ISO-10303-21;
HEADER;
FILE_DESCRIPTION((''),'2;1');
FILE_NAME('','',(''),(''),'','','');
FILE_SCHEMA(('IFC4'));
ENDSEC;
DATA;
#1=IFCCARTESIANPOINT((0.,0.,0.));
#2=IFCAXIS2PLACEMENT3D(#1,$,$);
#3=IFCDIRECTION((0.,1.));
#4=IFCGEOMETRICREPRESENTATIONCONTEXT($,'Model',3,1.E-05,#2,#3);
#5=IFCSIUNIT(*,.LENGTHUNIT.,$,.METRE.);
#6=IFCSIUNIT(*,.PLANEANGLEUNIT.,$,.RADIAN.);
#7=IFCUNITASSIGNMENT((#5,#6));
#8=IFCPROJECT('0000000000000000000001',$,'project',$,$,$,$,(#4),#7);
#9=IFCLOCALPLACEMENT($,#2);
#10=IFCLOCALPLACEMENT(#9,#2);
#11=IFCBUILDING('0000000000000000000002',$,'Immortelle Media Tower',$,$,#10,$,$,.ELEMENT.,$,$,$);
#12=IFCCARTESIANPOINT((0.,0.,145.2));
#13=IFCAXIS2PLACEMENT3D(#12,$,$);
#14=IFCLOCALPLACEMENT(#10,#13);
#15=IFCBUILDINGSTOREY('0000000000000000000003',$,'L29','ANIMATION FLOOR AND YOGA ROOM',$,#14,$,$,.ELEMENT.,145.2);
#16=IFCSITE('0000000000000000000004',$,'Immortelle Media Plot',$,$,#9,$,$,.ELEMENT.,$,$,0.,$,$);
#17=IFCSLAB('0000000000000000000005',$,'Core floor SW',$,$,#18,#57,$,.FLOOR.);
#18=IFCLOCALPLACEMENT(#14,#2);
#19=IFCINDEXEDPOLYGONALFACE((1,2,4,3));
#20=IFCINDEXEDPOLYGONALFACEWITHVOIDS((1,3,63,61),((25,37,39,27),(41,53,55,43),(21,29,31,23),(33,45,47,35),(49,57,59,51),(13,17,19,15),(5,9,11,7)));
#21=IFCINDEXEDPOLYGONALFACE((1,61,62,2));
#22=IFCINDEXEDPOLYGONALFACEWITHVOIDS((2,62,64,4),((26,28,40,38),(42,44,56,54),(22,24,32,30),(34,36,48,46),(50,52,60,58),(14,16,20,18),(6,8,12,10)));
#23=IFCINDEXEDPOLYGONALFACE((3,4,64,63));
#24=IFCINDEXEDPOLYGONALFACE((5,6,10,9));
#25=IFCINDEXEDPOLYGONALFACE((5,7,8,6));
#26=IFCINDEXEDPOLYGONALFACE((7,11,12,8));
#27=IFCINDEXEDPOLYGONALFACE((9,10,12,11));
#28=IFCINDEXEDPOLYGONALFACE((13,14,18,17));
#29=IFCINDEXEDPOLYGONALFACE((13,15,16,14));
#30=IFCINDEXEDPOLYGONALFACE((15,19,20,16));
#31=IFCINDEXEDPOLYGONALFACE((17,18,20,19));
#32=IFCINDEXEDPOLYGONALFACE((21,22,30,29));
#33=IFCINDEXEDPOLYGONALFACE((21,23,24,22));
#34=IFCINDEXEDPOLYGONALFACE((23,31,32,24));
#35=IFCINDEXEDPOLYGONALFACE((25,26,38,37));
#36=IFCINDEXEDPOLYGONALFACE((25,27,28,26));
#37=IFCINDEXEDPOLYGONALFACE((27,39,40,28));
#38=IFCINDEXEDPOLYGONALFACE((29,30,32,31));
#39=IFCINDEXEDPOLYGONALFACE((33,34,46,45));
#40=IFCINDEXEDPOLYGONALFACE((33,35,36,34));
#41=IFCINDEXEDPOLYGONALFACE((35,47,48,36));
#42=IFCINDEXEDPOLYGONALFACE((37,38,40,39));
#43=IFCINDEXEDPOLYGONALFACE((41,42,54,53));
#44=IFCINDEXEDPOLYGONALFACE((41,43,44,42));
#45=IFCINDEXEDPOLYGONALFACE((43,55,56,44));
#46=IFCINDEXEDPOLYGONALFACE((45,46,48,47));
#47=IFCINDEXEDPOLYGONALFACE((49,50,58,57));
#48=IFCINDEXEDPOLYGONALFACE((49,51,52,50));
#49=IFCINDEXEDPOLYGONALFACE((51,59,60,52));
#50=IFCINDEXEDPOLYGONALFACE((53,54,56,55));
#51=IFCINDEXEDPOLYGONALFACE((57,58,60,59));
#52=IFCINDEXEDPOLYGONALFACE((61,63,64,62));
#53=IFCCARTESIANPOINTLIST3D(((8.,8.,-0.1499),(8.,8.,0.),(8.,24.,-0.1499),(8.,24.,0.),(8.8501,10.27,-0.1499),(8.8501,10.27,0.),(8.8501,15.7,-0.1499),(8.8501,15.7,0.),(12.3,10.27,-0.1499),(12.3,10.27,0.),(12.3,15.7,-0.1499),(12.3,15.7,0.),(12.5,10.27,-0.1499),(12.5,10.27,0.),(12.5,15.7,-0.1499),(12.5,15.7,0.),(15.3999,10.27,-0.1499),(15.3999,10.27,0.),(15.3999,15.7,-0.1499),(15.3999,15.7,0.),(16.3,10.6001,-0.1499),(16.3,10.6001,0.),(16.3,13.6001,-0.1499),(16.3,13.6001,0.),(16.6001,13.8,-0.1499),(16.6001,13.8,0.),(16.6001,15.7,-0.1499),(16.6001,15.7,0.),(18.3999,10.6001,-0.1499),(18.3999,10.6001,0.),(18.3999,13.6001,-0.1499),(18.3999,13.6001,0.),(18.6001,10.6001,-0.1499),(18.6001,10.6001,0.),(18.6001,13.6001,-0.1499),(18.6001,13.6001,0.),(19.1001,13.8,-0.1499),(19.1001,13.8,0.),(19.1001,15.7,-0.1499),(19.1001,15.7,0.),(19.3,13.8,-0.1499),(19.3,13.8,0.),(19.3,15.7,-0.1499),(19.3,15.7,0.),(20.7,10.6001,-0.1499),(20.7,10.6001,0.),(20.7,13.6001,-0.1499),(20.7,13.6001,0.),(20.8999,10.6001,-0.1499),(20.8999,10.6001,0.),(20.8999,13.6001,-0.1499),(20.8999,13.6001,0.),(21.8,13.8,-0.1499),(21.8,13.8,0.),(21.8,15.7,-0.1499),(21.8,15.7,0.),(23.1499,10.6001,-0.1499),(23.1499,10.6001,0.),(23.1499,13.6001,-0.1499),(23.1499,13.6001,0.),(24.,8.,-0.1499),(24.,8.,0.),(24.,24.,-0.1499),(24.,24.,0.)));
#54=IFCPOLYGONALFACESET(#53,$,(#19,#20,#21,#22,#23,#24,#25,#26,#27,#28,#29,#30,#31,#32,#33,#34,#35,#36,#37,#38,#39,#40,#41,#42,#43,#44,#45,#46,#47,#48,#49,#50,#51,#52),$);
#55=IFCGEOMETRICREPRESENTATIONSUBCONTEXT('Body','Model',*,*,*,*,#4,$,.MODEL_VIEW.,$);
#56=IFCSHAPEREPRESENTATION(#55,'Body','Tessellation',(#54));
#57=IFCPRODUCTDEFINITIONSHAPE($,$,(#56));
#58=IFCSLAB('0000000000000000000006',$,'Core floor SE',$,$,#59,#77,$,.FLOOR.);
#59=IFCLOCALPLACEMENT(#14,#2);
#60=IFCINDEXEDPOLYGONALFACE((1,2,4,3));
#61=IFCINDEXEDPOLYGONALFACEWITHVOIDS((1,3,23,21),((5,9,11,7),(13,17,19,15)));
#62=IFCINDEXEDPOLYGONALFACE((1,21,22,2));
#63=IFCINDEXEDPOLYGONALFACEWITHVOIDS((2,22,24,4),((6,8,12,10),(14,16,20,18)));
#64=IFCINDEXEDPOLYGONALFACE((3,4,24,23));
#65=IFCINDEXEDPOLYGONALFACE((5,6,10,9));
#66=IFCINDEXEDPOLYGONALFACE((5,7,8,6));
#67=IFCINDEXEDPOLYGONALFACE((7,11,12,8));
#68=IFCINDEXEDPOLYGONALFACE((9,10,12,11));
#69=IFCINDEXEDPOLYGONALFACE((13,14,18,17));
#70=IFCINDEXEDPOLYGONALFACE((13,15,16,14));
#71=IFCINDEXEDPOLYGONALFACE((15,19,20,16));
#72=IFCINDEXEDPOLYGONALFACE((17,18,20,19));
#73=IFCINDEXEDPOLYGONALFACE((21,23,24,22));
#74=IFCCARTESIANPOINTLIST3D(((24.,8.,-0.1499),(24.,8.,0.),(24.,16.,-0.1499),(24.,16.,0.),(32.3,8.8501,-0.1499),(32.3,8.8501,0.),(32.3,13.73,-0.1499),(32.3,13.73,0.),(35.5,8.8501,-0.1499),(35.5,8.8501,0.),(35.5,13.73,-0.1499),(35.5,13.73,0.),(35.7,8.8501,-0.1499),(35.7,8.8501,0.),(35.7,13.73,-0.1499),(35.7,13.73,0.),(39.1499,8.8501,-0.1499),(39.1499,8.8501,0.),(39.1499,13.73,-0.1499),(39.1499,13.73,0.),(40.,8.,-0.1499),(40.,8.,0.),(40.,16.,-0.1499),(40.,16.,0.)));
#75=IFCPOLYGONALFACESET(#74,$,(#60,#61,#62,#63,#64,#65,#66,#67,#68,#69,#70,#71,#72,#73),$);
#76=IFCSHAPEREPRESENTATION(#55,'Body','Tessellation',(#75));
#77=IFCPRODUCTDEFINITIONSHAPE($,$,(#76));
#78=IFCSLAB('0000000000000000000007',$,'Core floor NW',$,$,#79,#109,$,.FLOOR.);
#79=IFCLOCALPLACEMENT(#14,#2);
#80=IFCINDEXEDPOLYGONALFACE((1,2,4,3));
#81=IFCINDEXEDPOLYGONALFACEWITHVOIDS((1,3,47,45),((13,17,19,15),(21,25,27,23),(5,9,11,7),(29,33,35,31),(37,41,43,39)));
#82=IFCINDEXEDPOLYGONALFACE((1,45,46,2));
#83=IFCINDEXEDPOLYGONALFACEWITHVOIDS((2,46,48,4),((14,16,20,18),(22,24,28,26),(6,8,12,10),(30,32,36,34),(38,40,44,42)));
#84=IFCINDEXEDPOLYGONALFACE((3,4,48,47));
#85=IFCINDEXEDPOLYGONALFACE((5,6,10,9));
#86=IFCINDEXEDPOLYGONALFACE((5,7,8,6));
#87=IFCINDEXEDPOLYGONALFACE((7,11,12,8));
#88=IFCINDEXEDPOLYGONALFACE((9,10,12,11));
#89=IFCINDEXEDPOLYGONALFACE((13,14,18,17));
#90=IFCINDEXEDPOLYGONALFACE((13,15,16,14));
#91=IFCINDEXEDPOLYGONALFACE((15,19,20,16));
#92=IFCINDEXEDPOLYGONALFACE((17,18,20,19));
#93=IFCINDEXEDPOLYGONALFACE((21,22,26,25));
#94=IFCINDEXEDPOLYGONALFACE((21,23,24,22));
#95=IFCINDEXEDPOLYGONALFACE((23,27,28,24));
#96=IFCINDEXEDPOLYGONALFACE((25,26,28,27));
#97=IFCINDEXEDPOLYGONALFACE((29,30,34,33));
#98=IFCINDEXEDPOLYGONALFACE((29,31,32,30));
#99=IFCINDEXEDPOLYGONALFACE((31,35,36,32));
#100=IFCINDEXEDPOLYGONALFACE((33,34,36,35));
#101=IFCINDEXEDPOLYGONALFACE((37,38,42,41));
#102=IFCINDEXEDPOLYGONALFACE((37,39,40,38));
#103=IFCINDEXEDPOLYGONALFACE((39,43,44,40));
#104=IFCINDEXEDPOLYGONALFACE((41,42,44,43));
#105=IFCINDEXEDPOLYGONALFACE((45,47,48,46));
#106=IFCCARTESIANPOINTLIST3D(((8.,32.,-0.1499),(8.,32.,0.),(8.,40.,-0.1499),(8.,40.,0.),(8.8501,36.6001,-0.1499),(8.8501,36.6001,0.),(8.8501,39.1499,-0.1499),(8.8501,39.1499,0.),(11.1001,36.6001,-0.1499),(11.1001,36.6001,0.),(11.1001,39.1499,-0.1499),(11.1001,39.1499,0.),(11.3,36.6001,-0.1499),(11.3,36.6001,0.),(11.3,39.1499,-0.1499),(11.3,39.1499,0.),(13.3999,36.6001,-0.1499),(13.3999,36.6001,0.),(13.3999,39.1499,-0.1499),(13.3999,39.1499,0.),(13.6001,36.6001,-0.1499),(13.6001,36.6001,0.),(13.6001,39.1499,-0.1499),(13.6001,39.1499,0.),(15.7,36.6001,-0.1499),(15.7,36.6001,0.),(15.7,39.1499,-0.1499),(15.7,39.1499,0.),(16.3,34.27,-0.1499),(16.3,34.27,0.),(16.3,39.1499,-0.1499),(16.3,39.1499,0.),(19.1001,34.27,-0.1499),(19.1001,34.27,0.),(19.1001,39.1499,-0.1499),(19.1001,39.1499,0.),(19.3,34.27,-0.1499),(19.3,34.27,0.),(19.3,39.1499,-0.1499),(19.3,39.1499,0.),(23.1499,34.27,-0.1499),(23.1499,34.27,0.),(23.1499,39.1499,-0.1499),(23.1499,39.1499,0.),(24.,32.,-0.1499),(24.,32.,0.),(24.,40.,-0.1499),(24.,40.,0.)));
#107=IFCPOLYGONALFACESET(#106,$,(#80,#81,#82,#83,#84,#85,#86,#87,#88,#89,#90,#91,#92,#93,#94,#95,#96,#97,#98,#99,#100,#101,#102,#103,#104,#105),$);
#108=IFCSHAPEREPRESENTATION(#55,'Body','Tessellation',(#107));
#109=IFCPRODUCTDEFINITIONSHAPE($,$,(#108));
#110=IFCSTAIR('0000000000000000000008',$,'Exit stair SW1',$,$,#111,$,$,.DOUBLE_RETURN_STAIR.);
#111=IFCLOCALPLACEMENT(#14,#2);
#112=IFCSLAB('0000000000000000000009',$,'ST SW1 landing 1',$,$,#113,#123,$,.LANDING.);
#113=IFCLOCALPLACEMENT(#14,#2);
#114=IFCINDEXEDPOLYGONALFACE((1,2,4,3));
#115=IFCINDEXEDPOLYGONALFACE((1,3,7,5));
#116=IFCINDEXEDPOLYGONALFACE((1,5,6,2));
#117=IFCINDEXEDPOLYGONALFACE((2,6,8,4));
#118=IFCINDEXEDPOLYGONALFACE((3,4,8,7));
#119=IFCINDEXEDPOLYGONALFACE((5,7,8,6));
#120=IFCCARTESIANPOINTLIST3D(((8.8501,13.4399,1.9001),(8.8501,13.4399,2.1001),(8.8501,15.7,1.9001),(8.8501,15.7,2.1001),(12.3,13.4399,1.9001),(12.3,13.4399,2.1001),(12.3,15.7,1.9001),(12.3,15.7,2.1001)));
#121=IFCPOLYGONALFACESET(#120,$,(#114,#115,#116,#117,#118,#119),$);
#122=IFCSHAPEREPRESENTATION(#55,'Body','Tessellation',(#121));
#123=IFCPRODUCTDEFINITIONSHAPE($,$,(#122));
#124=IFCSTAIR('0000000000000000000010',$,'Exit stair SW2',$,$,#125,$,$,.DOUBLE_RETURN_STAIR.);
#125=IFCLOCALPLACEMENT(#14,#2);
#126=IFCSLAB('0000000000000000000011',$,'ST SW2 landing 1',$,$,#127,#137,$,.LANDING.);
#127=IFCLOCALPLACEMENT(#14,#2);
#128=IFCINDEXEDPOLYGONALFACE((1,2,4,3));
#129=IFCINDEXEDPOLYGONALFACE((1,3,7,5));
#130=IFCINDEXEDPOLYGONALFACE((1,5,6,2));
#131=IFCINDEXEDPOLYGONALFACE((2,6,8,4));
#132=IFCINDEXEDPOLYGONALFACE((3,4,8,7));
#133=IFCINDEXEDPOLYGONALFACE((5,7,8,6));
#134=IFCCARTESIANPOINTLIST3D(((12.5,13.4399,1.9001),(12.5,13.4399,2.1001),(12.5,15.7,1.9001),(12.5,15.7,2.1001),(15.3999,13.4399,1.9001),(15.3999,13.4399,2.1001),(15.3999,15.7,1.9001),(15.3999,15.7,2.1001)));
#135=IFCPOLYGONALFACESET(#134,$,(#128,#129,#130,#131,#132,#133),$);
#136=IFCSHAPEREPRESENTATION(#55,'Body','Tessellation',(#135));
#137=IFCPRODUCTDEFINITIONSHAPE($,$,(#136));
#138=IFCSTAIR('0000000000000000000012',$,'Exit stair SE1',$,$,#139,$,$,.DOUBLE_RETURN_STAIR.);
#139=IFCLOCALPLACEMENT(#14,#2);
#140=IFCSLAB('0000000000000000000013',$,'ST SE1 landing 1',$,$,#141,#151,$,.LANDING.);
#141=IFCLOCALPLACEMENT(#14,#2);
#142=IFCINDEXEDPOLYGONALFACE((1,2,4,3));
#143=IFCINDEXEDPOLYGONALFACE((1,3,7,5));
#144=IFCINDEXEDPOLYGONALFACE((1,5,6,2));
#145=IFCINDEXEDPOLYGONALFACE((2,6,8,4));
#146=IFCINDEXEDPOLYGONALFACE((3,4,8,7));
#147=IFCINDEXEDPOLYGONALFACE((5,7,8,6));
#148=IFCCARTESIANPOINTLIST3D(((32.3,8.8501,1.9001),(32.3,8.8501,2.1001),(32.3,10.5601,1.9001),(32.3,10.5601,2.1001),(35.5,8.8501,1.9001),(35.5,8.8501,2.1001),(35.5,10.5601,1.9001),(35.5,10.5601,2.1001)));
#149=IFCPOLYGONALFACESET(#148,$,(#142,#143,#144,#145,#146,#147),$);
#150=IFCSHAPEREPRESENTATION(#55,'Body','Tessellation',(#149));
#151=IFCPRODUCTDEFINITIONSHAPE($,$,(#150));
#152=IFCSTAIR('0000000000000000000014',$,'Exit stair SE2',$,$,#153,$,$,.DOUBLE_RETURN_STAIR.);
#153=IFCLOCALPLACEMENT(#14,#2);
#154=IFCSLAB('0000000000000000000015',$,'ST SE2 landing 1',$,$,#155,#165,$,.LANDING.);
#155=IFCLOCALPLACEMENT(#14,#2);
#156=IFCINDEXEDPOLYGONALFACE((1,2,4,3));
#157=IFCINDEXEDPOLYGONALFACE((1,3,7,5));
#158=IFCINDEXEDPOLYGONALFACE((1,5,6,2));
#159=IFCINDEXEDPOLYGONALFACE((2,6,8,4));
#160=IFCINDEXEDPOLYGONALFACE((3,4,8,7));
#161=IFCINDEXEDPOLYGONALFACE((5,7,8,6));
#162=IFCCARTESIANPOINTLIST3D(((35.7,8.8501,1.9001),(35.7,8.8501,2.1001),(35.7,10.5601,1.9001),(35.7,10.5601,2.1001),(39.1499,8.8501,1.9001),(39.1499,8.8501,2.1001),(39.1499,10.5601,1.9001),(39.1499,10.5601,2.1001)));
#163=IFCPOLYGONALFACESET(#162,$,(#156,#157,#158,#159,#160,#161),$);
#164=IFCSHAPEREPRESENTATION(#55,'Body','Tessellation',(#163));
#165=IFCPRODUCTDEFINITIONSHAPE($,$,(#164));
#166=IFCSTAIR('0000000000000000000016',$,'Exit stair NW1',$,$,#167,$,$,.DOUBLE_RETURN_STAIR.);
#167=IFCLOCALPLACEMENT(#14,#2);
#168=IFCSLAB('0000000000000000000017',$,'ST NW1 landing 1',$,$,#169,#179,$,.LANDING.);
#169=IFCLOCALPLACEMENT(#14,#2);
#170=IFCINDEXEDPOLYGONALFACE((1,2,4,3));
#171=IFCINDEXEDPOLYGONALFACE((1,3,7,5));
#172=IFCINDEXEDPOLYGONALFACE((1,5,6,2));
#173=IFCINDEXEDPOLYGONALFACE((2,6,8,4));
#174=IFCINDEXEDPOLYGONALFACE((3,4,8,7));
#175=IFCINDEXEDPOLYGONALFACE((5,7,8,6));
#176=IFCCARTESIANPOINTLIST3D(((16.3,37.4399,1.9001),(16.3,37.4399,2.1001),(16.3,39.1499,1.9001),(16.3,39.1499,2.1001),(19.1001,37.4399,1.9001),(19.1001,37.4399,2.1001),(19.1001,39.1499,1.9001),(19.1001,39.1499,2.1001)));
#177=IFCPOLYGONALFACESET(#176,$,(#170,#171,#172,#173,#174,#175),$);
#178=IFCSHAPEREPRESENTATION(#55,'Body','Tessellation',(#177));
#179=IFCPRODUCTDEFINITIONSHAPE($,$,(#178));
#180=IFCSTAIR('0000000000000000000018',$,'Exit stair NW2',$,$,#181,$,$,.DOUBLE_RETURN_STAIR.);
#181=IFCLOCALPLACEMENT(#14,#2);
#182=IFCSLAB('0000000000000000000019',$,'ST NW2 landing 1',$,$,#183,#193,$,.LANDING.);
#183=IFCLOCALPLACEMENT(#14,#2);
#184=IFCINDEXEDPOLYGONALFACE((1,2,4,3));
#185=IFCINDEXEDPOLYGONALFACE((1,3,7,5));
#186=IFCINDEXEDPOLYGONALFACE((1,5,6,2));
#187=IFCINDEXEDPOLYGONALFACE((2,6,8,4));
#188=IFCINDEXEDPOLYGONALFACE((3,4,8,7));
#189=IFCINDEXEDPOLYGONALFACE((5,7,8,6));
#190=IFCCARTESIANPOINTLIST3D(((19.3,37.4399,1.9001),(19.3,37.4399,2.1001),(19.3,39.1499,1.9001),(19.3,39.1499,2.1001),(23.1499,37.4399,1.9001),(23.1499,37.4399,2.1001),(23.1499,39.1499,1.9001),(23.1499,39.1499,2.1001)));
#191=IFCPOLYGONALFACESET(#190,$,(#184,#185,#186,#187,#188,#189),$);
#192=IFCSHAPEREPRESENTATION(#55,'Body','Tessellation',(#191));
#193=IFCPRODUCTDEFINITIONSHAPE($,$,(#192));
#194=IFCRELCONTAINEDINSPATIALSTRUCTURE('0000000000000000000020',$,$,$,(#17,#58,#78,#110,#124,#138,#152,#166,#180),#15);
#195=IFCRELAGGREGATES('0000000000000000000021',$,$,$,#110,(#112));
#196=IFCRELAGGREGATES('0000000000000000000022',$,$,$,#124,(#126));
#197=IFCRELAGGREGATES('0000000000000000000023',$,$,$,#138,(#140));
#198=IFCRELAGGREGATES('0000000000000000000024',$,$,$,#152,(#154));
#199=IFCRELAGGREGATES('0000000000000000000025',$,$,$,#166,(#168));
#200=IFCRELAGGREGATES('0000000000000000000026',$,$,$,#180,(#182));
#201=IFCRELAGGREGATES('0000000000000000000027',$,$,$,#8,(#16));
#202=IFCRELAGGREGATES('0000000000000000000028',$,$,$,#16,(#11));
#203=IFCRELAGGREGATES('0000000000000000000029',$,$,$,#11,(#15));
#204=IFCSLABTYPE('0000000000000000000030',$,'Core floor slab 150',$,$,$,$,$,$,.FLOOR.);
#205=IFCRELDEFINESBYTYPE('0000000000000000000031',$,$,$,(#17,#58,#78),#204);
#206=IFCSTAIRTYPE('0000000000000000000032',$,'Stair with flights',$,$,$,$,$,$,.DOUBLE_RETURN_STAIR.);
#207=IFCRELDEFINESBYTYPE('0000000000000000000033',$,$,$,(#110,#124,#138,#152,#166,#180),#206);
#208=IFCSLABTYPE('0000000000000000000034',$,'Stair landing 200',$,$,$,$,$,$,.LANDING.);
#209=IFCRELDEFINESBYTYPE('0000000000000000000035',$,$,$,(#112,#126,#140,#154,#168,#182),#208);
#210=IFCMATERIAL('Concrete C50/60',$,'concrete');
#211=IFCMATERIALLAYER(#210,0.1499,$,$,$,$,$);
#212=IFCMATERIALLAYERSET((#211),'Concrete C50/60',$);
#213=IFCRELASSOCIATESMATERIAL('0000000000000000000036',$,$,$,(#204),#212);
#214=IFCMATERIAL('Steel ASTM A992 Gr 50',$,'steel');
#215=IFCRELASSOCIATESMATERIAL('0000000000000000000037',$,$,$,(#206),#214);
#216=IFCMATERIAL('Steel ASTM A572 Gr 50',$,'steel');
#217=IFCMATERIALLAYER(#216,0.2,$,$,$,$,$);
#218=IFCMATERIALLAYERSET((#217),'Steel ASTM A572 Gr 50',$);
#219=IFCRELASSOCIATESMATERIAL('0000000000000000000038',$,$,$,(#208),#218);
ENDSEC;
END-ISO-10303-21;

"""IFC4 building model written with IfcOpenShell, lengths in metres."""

from ifc_helpers import new_model, si_unit, direction, frame, origin, place, context, subcontext, project, spatial, polyline, outline, extrude, material, layer, layer_set, type_object, element, aggregate, save


model = new_model("IFC4")

# Units and contexts
model_context = context("Model", 3, precision=1e-05, world=origin(), true_north=direction((0.0, 1.0)))
body_context = subcontext(model_context, "Body", "Model", "MODEL_VIEW")
ifc_project = project(units=[si_unit("LENGTHUNIT", "METRE"), si_unit("PLANEANGLEUNIT", "RADIAN")], contexts=[model_context])

# Site, building, storey
site_placement = place(None, origin())
site = spatial("IfcSite", under=ifc_project, at=site_placement, Name="Immortelle Media Plot", CompositionType="ELEMENT", RefElevation=0.0)
building_placement = place(site_placement, origin())
building = spatial("IfcBuilding", under=site, at=building_placement, Name="Immortelle Media Tower", CompositionType="ELEMENT")
storey_placement = place(building_placement, frame((0.0, 0.0, 145.2)))
storey = spatial("IfcBuildingStorey", under=building, at=storey_placement, Name="L29", Description="ANIMATION FLOOR AND YOGA ROOM", CompositionType="ELEMENT", Elevation=145.2)

# Slabs
ifc_material_1 = material(Name="Concrete C50/60", Category="concrete")
ifc_layer_1 = layer(ifc_material_1, 0.1499)
ifc_layer_set_1 = layer_set([ifc_layer_1], Name="Concrete C50/60")
slab_type_1 = type_object("IfcSlabType", Name="Core floor slab 150", PredefinedType="FLOOR", material=ifc_layer_set_1)
slab_1_placement = place(storey_placement, frame((0.0, 0.0, -0.1499)))
element("IfcSlab", 1, at=slab_1_placement, inside=storey, type_object=slab_type_1, Name="Core floor SW", PredefinedType="FLOOR", context=body_context, shape_type="SweptSolid", body=[
    extrude(outline(polyline([(8.0, 8.0), (24.0, 8.0), (24.0, 24.0), (8.0, 24.0), (8.0, 8.0)]), holes=[polyline([(16.6001, 13.8), (19.1001, 13.8), (19.1001, 15.7), (16.6001, 15.7), (16.6001, 13.8)]), polyline([(19.3, 13.8), (21.8, 13.8), (21.8, 15.7), (19.3, 15.7), (19.3, 13.8)]), polyline([(16.3, 10.6001), (18.3999, 10.6001), (18.3999, 13.6001), (16.3, 13.6001), (16.3, 10.6001)]), polyline([(18.6001, 10.6001), (20.7, 10.6001), (20.7, 13.6001), (18.6001, 13.6001), (18.6001, 10.6001)]), polyline([(20.8999, 10.6001), (23.1499, 10.6001), (23.1499, 13.6001), (20.8999, 13.6001), (20.8999, 10.6001)]), polyline([(8.8501, 10.27), (12.3, 10.27), (12.3, 15.7), (8.8501, 15.7), (8.8501, 10.27)]), polyline([(12.5, 10.27), (15.3999, 10.27), (15.3999, 15.7), (12.5, 15.7), (12.5, 10.27)])]), origin(), (0.0, 0.0, 1.0), 0.1499),
])
slab_2_placement = place(storey_placement, frame((0.0, 0.0, -0.1499)))
element("IfcSlab", 2, at=slab_2_placement, inside=storey, type_object=slab_type_1, Name="Core floor SE", PredefinedType="FLOOR", context=body_context, shape_type="SweptSolid", body=[
    extrude(outline(polyline([(24.0, 8.0), (40.0, 8.0), (40.0, 16.0), (24.0, 16.0), (24.0, 8.0)]), holes=[polyline([(32.3, 8.8501), (35.5, 8.8501), (35.5, 13.73), (32.3, 13.73), (32.3, 8.8501)]), polyline([(35.7, 8.8501), (39.1499, 8.8501), (39.1499, 13.73), (35.7, 13.73), (35.7, 8.8501)])]), origin(), (0.0, 0.0, 1.0), 0.1499),
])
slab_3_placement = place(storey_placement, frame((0.0, 0.0, -0.1499)))
element("IfcSlab", 3, at=slab_3_placement, inside=storey, type_object=slab_type_1, Name="Core floor NW", PredefinedType="FLOOR", context=body_context, shape_type="SweptSolid", body=[
    extrude(outline(polyline([(8.0, 32.0), (24.0, 32.0), (24.0, 40.0), (8.0, 40.0), (8.0, 32.0)]), holes=[polyline([(8.8501, 36.6001), (11.1001, 36.6001), (11.1001, 39.1499), (8.8501, 39.1499), (8.8501, 36.6001)]), polyline([(11.3, 36.6001), (13.3999, 36.6001), (13.3999, 39.1499), (11.3, 39.1499), (11.3, 36.6001)]), polyline([(13.6001, 36.6001), (15.7, 36.6001), (15.7, 39.1499), (13.6001, 39.1499), (13.6001, 36.6001)]), polyline([(16.3, 34.27), (19.1001, 34.27), (19.1001, 39.1499), (16.3, 39.1499), (16.3, 34.27)]), polyline([(19.3, 34.27), (23.1499, 34.27), (23.1499, 39.1499), (19.3, 39.1499), (19.3, 34.27)])]), origin(), (0.0, 0.0, 1.0), 0.1499),
])

# Stairs, slabs
ifc_material_2 = material(Name="Steel ASTM A992 Gr 50", Category="steel")
stair_type = type_object("IfcStairType", Name="Stair with flights", PredefinedType="DOUBLE_RETURN_STAIR", material=ifc_material_2)
stair_1_placement = place(storey_placement, origin())
stair_1 = element("IfcStair", 4, at=stair_1_placement, inside=storey, type_object=stair_type, Name="Exit stair SW1", PredefinedType="DOUBLE_RETURN_STAIR")
ifc_material_3 = material(Name="Steel ASTM A572 Gr 50", Category="steel")
ifc_layer_2 = layer(ifc_material_3, 0.2)
ifc_layer_set_2 = layer_set([ifc_layer_2], Name="Steel ASTM A572 Gr 50")
slab_type_2 = type_object("IfcSlabType", Name="Stair landing 200", PredefinedType="LANDING", material=ifc_layer_set_2)
slab_4_placement = place(storey_placement, frame((0.0, 0.0, 1.9001)))
slab_4 = element("IfcSlab", 5, at=slab_4_placement, type_object=slab_type_2, Name="ST SW1 landing 1", PredefinedType="LANDING", context=body_context, shape_type="SweptSolid", body=[
    extrude(outline(polyline([(8.8501, 13.4399), (12.3, 13.4399), (12.3, 15.7), (8.8501, 15.7), (8.8501, 13.4399)])), origin(), (0.0, 0.0, 1.0), 0.2),
])
aggregate(stair_1, [slab_4])
stair_2_placement = place(storey_placement, origin())
stair_2 = element("IfcStair", 6, at=stair_2_placement, inside=storey, type_object=stair_type, Name="Exit stair SW2", PredefinedType="DOUBLE_RETURN_STAIR")
slab_5_placement = place(storey_placement, frame((0.0, 0.0, 1.9001)))
slab_5 = element("IfcSlab", 7, at=slab_5_placement, type_object=slab_type_2, Name="ST SW2 landing 1", PredefinedType="LANDING", context=body_context, shape_type="SweptSolid", body=[
    extrude(outline(polyline([(12.5, 13.4399), (15.3999, 13.4399), (15.3999, 15.7), (12.5, 15.7), (12.5, 13.4399)])), origin(), (0.0, 0.0, 1.0), 0.2),
])
aggregate(stair_2, [slab_5])
stair_3_placement = place(storey_placement, origin())
stair_3 = element("IfcStair", 8, at=stair_3_placement, inside=storey, type_object=stair_type, Name="Exit stair SE1", PredefinedType="DOUBLE_RETURN_STAIR")
slab_6_placement = place(storey_placement, frame((0.0, 0.0, 1.9001)))
slab_6 = element("IfcSlab", 9, at=slab_6_placement, type_object=slab_type_2, Name="ST SE1 landing 1", PredefinedType="LANDING", context=body_context, shape_type="SweptSolid", body=[
    extrude(outline(polyline([(32.3, 8.8501), (35.5, 8.8501), (35.5, 10.5601), (32.3, 10.5601), (32.3, 8.8501)])), origin(), (0.0, 0.0, 1.0), 0.2),
])
aggregate(stair_3, [slab_6])
stair_4_placement = place(storey_placement, origin())
stair_4 = element("IfcStair", 10, at=stair_4_placement, inside=storey, type_object=stair_type, Name="Exit stair SE2", PredefinedType="DOUBLE_RETURN_STAIR")
slab_7_placement = place(storey_placement, frame((0.0, 0.0, 1.9001)))
slab_7 = element("IfcSlab", 11, at=slab_7_placement, type_object=slab_type_2, Name="ST SE2 landing 1", PredefinedType="LANDING", context=body_context, shape_type="SweptSolid", body=[
    extrude(outline(polyline([(35.7, 8.8501), (39.1499, 8.8501), (39.1499, 10.5601), (35.7, 10.5601), (35.7, 8.8501)])), origin(), (0.0, 0.0, 1.0), 0.2),
])
aggregate(stair_4, [slab_7])
stair_5_placement = place(storey_placement, origin())
stair_5 = element("IfcStair", 12, at=stair_5_placement, inside=storey, type_object=stair_type, Name="Exit stair NW1", PredefinedType="DOUBLE_RETURN_STAIR")
slab_8_placement = place(storey_placement, frame((0.0, 0.0, 1.9001)))
slab_8 = element("IfcSlab", 13, at=slab_8_placement, type_object=slab_type_2, Name="ST NW1 landing 1", PredefinedType="LANDING", context=body_context, shape_type="SweptSolid", body=[
    extrude(outline(polyline([(16.3, 37.4399), (19.1001, 37.4399), (19.1001, 39.1499), (16.3, 39.1499), (16.3, 37.4399)])), origin(), (0.0, 0.0, 1.0), 0.2),
])
aggregate(stair_5, [slab_8])
stair_6_placement = place(storey_placement, origin())
stair_6 = element("IfcStair", 14, at=stair_6_placement, inside=storey, type_object=stair_type, Name="Exit stair NW2", PredefinedType="DOUBLE_RETURN_STAIR")
slab_9_placement = place(storey_placement, frame((0.0, 0.0, 1.9001)))
slab_9 = element("IfcSlab", 15, at=slab_9_placement, type_object=slab_type_2, Name="ST NW2 landing 1", PredefinedType="LANDING", context=body_context, shape_type="SweptSolid", body=[
    extrude(outline(polyline([(19.3, 37.4399), (23.1499, 37.4399), (23.1499, 39.1499), (19.3, 39.1499), (19.3, 37.4399)])), origin(), (0.0, 0.0, 1.0), 0.2),
])
aggregate(stair_6, [slab_9])

save(model, "model.ifc")
